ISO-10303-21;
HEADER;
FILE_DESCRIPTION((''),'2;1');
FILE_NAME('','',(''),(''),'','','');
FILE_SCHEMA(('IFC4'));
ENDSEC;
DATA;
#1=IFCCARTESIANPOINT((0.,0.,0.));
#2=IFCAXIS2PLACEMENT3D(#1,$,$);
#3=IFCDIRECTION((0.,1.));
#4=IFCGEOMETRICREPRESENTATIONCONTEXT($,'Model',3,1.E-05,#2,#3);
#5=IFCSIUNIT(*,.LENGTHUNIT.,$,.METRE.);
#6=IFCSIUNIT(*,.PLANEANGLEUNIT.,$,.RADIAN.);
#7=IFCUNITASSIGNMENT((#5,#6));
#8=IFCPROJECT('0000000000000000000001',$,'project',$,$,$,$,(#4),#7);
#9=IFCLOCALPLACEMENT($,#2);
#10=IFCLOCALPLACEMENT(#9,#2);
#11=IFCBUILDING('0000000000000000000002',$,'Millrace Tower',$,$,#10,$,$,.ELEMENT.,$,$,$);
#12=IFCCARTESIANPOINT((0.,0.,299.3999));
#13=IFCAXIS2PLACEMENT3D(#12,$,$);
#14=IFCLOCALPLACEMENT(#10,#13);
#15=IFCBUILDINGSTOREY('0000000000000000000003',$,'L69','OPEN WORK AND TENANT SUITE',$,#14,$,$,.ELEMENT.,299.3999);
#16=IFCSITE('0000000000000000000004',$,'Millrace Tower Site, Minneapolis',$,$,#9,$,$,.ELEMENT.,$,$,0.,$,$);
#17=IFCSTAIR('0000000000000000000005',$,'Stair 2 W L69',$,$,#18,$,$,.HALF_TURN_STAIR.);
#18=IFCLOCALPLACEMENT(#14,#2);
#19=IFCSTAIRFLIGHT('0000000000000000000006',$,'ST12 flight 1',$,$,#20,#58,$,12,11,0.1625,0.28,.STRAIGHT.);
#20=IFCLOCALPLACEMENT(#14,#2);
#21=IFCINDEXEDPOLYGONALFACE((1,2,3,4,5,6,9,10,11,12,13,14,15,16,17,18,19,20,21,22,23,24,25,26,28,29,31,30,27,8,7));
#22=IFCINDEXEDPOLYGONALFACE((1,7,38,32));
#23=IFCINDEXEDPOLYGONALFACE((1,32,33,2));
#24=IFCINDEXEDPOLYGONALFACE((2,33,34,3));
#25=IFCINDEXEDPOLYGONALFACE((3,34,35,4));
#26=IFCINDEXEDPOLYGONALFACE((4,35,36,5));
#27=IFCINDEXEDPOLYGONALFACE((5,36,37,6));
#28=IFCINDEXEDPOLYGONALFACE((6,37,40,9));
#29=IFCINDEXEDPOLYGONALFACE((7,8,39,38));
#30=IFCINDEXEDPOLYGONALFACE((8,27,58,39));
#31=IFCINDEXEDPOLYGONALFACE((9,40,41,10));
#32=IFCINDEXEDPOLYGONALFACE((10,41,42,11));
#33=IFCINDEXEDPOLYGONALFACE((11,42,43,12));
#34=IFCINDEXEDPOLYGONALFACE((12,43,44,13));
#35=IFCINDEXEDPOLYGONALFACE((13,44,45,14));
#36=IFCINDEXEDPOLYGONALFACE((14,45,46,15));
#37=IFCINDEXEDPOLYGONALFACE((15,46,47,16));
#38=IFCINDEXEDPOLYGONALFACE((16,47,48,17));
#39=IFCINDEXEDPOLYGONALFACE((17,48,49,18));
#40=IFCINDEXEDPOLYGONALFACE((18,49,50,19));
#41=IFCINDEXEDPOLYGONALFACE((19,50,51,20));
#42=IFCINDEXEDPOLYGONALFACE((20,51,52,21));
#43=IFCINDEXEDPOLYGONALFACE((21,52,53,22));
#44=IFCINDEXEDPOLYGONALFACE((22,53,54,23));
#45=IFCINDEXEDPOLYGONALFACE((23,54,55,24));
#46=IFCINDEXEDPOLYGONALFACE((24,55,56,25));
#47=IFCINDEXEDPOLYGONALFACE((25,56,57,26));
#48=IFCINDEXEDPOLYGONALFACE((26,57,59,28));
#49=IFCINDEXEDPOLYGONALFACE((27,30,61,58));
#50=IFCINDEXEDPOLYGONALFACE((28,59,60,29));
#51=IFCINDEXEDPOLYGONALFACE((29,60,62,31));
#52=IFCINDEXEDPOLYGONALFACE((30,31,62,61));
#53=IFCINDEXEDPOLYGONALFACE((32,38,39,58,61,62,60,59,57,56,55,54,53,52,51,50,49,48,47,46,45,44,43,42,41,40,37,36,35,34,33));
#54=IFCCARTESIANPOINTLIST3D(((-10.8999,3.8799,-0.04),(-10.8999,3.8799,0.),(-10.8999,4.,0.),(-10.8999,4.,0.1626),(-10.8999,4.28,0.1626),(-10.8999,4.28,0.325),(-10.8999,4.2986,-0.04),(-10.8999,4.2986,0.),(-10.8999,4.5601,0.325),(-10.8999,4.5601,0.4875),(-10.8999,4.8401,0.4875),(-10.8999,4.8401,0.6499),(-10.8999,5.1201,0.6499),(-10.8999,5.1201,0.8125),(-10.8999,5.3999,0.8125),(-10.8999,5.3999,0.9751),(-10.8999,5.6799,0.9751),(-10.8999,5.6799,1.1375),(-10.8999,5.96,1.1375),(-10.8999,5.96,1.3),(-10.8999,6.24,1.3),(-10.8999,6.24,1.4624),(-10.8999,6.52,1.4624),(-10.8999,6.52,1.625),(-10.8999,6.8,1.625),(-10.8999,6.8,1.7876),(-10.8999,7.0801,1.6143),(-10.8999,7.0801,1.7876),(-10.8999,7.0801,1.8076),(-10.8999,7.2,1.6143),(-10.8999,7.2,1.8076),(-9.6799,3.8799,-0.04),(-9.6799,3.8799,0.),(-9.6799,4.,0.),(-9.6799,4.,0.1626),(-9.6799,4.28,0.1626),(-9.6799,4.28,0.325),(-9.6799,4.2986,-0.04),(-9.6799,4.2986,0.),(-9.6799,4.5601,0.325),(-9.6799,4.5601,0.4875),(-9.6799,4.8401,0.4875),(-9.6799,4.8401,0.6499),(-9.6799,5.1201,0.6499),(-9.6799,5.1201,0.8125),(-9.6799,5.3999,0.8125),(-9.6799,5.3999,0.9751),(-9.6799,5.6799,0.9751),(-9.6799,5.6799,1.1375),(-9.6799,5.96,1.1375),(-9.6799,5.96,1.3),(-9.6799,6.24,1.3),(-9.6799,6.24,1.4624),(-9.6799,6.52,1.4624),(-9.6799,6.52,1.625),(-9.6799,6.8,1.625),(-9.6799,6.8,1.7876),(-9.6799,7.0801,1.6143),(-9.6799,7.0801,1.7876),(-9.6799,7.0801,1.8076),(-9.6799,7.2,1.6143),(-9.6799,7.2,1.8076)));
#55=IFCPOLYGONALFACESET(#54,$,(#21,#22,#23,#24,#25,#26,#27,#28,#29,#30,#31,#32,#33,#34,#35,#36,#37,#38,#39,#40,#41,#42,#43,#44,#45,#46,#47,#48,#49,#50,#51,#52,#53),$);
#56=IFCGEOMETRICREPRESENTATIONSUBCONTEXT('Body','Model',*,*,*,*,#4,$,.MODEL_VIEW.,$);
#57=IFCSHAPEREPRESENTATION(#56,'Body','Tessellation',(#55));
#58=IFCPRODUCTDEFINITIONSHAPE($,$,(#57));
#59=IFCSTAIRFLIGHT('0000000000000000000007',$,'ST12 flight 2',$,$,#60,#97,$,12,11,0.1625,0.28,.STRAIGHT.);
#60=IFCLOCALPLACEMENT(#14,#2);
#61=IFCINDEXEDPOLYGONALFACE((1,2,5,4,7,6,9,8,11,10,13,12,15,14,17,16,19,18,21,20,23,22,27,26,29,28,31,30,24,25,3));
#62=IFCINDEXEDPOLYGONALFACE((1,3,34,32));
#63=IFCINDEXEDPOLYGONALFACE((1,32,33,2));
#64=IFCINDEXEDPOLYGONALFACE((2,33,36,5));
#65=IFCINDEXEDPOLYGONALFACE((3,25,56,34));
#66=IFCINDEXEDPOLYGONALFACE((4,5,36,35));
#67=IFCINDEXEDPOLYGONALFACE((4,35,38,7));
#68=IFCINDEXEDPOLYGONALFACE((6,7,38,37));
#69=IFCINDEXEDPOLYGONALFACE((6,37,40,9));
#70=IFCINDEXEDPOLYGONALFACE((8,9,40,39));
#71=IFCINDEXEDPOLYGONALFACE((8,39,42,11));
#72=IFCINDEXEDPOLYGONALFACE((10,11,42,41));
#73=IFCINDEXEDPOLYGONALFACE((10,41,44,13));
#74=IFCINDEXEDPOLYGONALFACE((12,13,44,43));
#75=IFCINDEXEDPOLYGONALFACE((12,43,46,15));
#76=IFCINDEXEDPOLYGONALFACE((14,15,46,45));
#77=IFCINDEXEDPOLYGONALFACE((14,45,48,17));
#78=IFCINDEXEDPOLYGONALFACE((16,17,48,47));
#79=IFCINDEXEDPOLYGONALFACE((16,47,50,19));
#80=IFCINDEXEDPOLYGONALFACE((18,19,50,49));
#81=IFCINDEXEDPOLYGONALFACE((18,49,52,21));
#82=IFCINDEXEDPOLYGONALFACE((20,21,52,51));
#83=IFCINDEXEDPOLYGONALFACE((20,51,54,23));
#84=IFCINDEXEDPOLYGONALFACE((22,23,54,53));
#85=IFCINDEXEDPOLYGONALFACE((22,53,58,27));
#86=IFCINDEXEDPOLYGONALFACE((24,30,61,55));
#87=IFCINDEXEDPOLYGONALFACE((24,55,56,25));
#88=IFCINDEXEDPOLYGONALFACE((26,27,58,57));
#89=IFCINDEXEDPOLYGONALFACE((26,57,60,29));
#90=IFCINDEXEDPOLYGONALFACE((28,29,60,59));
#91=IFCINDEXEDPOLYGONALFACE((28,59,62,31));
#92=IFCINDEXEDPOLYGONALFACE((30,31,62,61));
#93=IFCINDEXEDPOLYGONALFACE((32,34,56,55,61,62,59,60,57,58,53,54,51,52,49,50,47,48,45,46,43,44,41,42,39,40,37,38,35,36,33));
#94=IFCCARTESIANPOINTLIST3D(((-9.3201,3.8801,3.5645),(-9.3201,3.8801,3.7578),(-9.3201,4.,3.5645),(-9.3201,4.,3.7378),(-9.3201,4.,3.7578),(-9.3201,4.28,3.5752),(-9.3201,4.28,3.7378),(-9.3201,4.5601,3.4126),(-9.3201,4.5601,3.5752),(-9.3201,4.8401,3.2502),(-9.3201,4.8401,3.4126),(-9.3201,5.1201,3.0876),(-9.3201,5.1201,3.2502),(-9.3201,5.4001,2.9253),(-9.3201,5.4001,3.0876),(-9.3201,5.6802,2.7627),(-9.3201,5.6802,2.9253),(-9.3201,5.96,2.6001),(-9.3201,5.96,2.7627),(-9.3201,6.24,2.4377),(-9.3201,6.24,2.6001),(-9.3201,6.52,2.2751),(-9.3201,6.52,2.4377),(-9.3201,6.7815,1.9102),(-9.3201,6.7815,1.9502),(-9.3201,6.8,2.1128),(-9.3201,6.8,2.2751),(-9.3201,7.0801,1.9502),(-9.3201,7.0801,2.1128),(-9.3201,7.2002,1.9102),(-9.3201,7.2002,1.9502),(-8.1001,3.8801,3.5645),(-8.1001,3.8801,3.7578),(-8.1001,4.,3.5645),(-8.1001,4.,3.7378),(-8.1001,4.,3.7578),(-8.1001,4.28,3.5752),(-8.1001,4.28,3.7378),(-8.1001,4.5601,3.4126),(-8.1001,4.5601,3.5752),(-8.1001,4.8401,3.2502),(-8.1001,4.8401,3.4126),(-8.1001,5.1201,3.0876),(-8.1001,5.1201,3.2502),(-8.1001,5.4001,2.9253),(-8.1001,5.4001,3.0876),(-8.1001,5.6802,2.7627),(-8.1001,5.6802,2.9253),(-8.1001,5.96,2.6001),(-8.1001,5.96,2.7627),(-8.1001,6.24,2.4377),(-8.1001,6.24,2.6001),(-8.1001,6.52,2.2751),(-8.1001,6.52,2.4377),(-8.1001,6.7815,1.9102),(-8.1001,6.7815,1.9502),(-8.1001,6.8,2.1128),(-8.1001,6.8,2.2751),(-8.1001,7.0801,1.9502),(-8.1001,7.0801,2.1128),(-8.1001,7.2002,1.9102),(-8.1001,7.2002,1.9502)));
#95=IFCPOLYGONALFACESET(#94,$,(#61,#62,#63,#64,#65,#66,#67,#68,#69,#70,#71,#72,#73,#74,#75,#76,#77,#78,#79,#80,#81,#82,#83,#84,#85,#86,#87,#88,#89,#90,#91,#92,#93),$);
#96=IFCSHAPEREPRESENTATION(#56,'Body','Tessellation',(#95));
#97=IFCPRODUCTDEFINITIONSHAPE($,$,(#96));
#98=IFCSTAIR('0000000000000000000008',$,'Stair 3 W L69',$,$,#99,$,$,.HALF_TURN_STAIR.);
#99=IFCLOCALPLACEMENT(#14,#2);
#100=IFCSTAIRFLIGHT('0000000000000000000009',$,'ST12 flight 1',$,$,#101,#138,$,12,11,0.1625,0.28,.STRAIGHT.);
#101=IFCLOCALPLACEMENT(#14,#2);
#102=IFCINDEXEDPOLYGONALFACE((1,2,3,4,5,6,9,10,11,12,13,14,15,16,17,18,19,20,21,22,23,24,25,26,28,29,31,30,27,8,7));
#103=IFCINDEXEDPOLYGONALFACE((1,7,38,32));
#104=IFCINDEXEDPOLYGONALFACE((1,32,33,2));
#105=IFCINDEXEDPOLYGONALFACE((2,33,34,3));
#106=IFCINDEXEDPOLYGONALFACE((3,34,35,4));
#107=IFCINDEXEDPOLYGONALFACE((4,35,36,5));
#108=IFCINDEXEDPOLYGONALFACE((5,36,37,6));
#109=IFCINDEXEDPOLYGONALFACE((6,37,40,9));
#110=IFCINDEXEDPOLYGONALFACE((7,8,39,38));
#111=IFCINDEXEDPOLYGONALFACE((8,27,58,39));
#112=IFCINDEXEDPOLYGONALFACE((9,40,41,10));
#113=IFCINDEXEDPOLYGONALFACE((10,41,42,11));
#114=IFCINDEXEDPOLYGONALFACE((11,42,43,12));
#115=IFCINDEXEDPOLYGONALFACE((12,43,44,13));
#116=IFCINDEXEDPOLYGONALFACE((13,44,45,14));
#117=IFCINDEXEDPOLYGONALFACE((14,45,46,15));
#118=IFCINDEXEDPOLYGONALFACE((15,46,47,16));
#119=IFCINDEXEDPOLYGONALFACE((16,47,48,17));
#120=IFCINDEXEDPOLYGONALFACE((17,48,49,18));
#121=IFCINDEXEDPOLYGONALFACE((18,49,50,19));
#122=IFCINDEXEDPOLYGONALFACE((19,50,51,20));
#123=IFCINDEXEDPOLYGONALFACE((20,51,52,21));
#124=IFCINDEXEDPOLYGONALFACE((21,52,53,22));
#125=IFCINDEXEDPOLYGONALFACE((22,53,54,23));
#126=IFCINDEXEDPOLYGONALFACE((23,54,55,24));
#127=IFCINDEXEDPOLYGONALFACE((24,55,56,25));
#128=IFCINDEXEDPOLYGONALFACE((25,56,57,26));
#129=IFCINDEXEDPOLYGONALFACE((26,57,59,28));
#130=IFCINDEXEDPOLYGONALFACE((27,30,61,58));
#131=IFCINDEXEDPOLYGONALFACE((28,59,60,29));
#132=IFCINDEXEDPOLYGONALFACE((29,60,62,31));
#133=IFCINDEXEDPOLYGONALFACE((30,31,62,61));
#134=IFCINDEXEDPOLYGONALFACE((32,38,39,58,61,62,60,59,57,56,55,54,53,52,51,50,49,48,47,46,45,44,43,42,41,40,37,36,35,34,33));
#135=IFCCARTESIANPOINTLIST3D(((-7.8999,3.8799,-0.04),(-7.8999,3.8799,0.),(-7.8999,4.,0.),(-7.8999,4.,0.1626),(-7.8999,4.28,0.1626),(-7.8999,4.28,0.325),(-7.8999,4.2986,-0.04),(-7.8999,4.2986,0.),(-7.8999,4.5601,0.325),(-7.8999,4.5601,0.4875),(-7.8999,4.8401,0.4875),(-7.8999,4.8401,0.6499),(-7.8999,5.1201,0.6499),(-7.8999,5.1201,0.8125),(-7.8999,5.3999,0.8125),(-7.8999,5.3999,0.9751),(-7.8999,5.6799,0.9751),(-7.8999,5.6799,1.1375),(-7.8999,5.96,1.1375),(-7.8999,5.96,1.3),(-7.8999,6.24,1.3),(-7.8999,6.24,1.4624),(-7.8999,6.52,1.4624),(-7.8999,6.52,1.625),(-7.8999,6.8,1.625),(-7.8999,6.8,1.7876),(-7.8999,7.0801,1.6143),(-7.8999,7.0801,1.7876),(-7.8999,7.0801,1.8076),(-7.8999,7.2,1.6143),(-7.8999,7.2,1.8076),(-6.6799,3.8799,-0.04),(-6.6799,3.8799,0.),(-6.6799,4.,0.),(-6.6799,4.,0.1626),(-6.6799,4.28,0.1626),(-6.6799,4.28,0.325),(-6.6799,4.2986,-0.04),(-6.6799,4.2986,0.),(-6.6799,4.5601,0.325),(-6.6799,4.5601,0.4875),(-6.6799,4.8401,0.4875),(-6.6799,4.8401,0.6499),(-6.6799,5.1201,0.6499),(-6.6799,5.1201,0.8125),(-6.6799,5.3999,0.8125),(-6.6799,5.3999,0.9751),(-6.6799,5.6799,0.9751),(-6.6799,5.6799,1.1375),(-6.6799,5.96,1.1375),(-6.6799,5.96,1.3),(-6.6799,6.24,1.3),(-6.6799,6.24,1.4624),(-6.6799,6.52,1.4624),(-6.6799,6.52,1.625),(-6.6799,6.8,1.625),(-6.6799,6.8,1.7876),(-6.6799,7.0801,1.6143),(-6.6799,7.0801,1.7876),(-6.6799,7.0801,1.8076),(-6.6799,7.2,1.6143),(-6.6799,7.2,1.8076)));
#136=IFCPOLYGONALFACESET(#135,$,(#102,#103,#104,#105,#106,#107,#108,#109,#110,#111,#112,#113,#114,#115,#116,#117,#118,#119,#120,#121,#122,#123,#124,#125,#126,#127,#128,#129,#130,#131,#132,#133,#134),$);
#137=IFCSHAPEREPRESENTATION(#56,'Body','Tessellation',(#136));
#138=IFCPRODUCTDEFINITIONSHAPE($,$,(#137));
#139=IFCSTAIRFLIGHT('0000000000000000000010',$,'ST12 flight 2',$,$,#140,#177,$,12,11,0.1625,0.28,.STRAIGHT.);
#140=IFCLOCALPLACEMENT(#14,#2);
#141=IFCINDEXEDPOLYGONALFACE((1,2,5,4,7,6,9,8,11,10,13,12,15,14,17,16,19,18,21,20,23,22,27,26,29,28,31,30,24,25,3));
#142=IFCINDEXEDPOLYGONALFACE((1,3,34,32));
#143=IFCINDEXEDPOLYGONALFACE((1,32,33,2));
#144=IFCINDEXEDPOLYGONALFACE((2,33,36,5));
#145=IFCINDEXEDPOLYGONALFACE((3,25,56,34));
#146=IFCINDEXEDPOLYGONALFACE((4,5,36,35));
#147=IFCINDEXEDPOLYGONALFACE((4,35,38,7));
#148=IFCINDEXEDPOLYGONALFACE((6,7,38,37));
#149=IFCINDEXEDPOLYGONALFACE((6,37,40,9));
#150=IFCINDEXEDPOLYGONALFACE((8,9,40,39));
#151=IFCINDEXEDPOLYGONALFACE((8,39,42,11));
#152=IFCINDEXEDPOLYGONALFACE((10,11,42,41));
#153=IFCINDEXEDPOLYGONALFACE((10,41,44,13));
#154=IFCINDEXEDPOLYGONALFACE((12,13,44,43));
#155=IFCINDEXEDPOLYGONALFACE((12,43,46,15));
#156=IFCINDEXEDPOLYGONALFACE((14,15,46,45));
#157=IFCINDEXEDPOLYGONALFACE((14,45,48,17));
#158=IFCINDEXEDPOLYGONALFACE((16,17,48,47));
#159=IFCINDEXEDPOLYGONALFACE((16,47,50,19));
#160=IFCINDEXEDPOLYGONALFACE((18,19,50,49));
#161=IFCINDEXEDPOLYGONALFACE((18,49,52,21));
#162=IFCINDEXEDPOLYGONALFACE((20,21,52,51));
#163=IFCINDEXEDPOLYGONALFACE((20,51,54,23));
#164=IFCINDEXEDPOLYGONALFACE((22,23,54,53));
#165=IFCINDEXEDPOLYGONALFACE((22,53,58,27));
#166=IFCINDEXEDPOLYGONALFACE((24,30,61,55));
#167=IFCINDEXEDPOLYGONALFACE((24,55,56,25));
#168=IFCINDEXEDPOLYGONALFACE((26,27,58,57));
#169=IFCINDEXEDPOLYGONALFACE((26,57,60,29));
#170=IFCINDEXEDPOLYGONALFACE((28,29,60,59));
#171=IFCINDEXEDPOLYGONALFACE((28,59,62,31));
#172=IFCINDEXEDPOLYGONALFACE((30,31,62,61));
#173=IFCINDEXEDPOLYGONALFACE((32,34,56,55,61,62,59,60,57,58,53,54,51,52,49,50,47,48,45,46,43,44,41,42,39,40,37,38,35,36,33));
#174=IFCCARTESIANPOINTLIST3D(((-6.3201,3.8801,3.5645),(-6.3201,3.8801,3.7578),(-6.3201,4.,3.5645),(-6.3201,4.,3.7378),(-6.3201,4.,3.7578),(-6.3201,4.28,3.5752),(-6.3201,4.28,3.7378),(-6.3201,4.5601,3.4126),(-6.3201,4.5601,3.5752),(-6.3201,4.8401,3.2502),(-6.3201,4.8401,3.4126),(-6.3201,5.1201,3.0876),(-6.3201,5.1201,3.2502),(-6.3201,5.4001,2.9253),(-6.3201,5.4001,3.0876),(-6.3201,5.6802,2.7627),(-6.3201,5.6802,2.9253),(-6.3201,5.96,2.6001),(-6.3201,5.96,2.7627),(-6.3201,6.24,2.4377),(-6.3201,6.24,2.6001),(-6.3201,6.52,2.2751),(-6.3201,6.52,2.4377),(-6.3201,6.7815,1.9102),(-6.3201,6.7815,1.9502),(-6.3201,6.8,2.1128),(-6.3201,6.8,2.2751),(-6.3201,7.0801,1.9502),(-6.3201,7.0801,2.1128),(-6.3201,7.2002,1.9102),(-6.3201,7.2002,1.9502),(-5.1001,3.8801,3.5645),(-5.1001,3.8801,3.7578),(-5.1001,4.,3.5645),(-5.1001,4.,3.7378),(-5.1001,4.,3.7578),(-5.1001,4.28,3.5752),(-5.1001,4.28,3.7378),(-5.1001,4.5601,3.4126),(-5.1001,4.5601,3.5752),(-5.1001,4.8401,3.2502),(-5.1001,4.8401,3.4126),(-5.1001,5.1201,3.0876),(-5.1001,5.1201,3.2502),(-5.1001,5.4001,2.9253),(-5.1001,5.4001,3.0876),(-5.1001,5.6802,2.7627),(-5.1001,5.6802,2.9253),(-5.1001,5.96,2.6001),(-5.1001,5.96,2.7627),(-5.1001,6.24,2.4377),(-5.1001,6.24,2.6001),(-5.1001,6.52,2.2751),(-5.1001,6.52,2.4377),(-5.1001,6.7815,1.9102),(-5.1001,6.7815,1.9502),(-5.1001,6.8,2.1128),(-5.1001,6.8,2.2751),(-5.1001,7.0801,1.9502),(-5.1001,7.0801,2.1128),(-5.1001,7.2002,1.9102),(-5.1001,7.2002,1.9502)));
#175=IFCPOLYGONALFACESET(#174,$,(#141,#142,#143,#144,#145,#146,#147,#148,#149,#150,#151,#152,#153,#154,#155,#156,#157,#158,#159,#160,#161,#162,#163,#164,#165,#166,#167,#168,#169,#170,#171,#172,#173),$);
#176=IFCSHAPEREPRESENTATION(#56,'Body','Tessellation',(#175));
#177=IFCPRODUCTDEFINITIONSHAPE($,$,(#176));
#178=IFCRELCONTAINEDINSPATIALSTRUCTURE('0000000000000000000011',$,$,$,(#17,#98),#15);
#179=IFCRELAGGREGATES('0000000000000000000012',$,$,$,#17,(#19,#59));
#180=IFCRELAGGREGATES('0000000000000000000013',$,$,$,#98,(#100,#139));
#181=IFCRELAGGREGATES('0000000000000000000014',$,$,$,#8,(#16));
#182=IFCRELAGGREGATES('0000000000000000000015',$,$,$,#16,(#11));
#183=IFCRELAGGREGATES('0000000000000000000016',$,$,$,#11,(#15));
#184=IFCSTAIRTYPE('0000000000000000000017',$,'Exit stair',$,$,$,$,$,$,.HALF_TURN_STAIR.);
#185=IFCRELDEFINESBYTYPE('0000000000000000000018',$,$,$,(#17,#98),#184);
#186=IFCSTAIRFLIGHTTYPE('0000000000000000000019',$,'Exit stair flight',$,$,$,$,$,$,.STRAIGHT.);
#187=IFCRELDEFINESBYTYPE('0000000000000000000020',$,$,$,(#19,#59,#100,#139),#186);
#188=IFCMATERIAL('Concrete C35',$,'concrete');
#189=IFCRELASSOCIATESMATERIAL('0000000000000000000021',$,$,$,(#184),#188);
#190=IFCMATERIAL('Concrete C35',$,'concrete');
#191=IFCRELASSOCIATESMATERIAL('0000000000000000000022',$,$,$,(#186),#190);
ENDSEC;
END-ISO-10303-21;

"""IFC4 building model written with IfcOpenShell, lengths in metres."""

from ifc_helpers import new_model, si_unit, direction, frame, origin, place, context, subcontext, project, spatial, polyline, outline, extrude, material, type_object, element, aggregate, save


model = new_model("IFC4")

# Units and contexts
model_context = context("Model", 3, precision=1e-05, world=origin(), true_north=direction((0.0, 1.0)))
body_context = subcontext(model_context, "Body", "Model", "MODEL_VIEW")
ifc_project = project(units=[si_unit("LENGTHUNIT", "METRE"), si_unit("PLANEANGLEUNIT", "RADIAN")], contexts=[model_context])

# Site, building, storey
site_placement = place(None, origin())
site = spatial("IfcSite", under=ifc_project, at=site_placement, Name="Millrace Tower Site, Minneapolis", CompositionType="ELEMENT", RefElevation=0.0)
building_placement = place(site_placement, origin())
building = spatial("IfcBuilding", under=site, at=building_placement, Name="Millrace Tower", CompositionType="ELEMENT")
storey_placement = place(building_placement, frame((0.0, 0.0, 299.3999)))
storey = spatial("IfcBuildingStorey", under=building, at=storey_placement, Name="L69", Description="OPEN WORK AND TENANT SUITE", CompositionType="ELEMENT", Elevation=299.3999)

# Shared definitions
placement_1 = place(storey_placement, origin())

# Shared definitions
ifc_material_1 = material(Name="Concrete C35", Category="concrete")
stair_type = type_object("IfcStairType", Name="Exit stair", PredefinedType="HALF_TURN_STAIR", material=ifc_material_1)
ifc_material_2 = material(Name="Concrete C35", Category="concrete")
stair_flight_type = type_object("IfcStairFlightType", Name="Exit stair flight", PredefinedType="STRAIGHT", material=ifc_material_2)

# Stairs, stair flights
stair_1 = element("IfcStair", 1, at=placement_1, inside=storey, type_object=stair_type, Name="Stair 2 W L69", PredefinedType="HALF_TURN_STAIR")
stair_flight_1_placement = place(storey_placement, frame((-10.29, 4.0, 0.0), z_axis=(0.0, 0.0, 1.0), x_axis=(0.0, 1.0, 0.0)))
stair_flight_1 = element("IfcStairFlight", 2, at=stair_flight_1_placement, type_object=stair_flight_type, Name="ST12 flight 1", NumberOfRisers=12, NumberOfTreads=11, PredefinedType="STRAIGHT", RiserHeight=0.1625, TreadLength=0.28, context=body_context, shape_type="SweptSolid", body=[
    extrude(outline(polyline([(-0.1201, -0.04), (-0.1201, 0.0), (0.0, 0.0), (0.0, 0.1626), (0.28, 0.1626), (0.28, 0.325), (0.5601, 0.325), (0.5601, 0.4875), (0.8401, 0.4875), (0.8401, 0.6499), (1.1201, 0.6499), (1.1201, 0.8125), (1.3999, 0.8125), (1.3999, 0.9751), (1.6799, 0.9751), (1.6799, 1.1375), (1.96, 1.1375), (1.96, 1.3), (2.24, 1.3), (2.24, 1.4624), (2.52, 1.4624), (2.52, 1.625), (2.8, 1.625), (2.8, 1.7876), (3.0801, 1.7876), (3.0801, 1.8076), (3.2, 1.8076), (3.2, 1.6143), (3.0801, 1.6143), (0.2986, 0.0), (0.2986, -0.04), (-0.1201, -0.04)])), frame((0.0, 0.6099, 0.0), z_axis=(0.0, -1.0, 0.0), x_axis=(1.0, 0.0, 0.0)), (0.0, 0.0, 1.0), 1.22),
])
stair_flight_2_placement = place(storey_placement, frame((-8.71, 7.0801, 1.9502), z_axis=(0.0, 0.0, 1.0), x_axis=(0.0, -1.0, 0.0)))
stair_flight_2 = element("IfcStairFlight", 3, at=stair_flight_2_placement, type_object=stair_flight_type, Name="ST12 flight 2", NumberOfRisers=12, NumberOfTreads=11, PredefinedType="STRAIGHT", RiserHeight=0.1625, TreadLength=0.28, context=body_context, shape_type="SweptSolid", body=[
    extrude(outline(polyline([(-0.1201, -0.04), (-0.1201, 0.0), (0.0, 0.0), (0.0, 0.1626), (0.28, 0.1626), (0.28, 0.325), (0.5601, 0.325), (0.5601, 0.4875), (0.8401, 0.4875), (0.8401, 0.6499), (1.1201, 0.6499), (1.1201, 0.8125), (1.3999, 0.8125), (1.3999, 0.9751), (1.6799, 0.9751), (1.6799, 1.1375), (1.96, 1.1375), (1.96, 1.3), (2.24, 1.3), (2.24, 1.4624), (2.52, 1.4624), (2.52, 1.625), (2.8, 1.625), (2.8, 1.7876), (3.0801, 1.7876), (3.0801, 1.8076), (3.2, 1.8076), (3.2, 1.6143), (3.0801, 1.6143), (0.2986, 0.0), (0.2986, -0.04), (-0.1201, -0.04)])), frame((0.0, 0.6099, 0.0), z_axis=(0.0, -1.0, 0.0), x_axis=(1.0, 0.0, 0.0)), (0.0, 0.0, 1.0), 1.22),
])
aggregate(stair_1, [stair_flight_1, stair_flight_2])
stair_2 = element("IfcStair", 4, at=placement_1, inside=storey, type_object=stair_type, Name="Stair 3 W L69", PredefinedType="HALF_TURN_STAIR")
stair_flight_3_placement = place(storey_placement, frame((-7.29, 4.0, 0.0), z_axis=(0.0, 0.0, 1.0), x_axis=(0.0, 1.0, 0.0)))
stair_flight_3 = element("IfcStairFlight", 5, at=stair_flight_3_placement, type_object=stair_flight_type, Name="ST12 flight 1", NumberOfRisers=12, NumberOfTreads=11, PredefinedType="STRAIGHT", RiserHeight=0.1625, TreadLength=0.28, context=body_context, shape_type="SweptSolid", body=[
    extrude(outline(polyline([(-0.1201, -0.04), (-0.1201, 0.0), (0.0, 0.0), (0.0, 0.1626), (0.28, 0.1626), (0.28, 0.325), (0.5601, 0.325), (0.5601, 0.4875), (0.8401, 0.4875), (0.8401, 0.6499), (1.1201, 0.6499), (1.1201, 0.8125), (1.3999, 0.8125), (1.3999, 0.9751), (1.6799, 0.9751), (1.6799, 1.1375), (1.96, 1.1375), (1.96, 1.3), (2.24, 1.3), (2.24, 1.4624), (2.52, 1.4624), (2.52, 1.625), (2.8, 1.625), (2.8, 1.7876), (3.0801, 1.7876), (3.0801, 1.8076), (3.2, 1.8076), (3.2, 1.6143), (3.0801, 1.6143), (0.2986, 0.0), (0.2986, -0.04), (-0.1201, -0.04)])), frame((0.0, 0.6099, 0.0), z_axis=(0.0, -1.0, 0.0), x_axis=(1.0, 0.0, 0.0)), (0.0, 0.0, 1.0), 1.22),
])
stair_flight_4_placement = place(storey_placement, frame((-5.71, 7.0801, 1.9502), z_axis=(0.0, 0.0, 1.0), x_axis=(0.0, -1.0, 0.0)))
stair_flight_4 = element("IfcStairFlight", 6, at=stair_flight_4_placement, type_object=stair_flight_type, Name="ST12 flight 2", NumberOfRisers=12, NumberOfTreads=11, PredefinedType="STRAIGHT", RiserHeight=0.1625, TreadLength=0.28, context=body_context, shape_type="SweptSolid", body=[
    extrude(outline(polyline([(-0.1201, -0.04), (-0.1201, 0.0), (0.0, 0.0), (0.0, 0.1626), (0.28, 0.1626), (0.28, 0.325), (0.5601, 0.325), (0.5601, 0.4875), (0.8401, 0.4875), (0.8401, 0.6499), (1.1201, 0.6499), (1.1201, 0.8125), (1.3999, 0.8125), (1.3999, 0.9751), (1.6799, 0.9751), (1.6799, 1.1375), (1.96, 1.1375), (1.96, 1.3), (2.24, 1.3), (2.24, 1.4624), (2.52, 1.4624), (2.52, 1.625), (2.8, 1.625), (2.8, 1.7876), (3.0801, 1.7876), (3.0801, 1.8076), (3.2, 1.8076), (3.2, 1.6143), (3.0801, 1.6143), (0.2986, 0.0), (0.2986, -0.04), (-0.1201, -0.04)])), frame((0.0, 0.6099, 0.0), z_axis=(0.0, -1.0, 0.0), x_axis=(1.0, 0.0, 0.0)), (0.0, 0.0, 1.0), 1.22),
])
aggregate(stair_2, [stair_flight_3, stair_flight_4])

save(model, "model.ifc")
